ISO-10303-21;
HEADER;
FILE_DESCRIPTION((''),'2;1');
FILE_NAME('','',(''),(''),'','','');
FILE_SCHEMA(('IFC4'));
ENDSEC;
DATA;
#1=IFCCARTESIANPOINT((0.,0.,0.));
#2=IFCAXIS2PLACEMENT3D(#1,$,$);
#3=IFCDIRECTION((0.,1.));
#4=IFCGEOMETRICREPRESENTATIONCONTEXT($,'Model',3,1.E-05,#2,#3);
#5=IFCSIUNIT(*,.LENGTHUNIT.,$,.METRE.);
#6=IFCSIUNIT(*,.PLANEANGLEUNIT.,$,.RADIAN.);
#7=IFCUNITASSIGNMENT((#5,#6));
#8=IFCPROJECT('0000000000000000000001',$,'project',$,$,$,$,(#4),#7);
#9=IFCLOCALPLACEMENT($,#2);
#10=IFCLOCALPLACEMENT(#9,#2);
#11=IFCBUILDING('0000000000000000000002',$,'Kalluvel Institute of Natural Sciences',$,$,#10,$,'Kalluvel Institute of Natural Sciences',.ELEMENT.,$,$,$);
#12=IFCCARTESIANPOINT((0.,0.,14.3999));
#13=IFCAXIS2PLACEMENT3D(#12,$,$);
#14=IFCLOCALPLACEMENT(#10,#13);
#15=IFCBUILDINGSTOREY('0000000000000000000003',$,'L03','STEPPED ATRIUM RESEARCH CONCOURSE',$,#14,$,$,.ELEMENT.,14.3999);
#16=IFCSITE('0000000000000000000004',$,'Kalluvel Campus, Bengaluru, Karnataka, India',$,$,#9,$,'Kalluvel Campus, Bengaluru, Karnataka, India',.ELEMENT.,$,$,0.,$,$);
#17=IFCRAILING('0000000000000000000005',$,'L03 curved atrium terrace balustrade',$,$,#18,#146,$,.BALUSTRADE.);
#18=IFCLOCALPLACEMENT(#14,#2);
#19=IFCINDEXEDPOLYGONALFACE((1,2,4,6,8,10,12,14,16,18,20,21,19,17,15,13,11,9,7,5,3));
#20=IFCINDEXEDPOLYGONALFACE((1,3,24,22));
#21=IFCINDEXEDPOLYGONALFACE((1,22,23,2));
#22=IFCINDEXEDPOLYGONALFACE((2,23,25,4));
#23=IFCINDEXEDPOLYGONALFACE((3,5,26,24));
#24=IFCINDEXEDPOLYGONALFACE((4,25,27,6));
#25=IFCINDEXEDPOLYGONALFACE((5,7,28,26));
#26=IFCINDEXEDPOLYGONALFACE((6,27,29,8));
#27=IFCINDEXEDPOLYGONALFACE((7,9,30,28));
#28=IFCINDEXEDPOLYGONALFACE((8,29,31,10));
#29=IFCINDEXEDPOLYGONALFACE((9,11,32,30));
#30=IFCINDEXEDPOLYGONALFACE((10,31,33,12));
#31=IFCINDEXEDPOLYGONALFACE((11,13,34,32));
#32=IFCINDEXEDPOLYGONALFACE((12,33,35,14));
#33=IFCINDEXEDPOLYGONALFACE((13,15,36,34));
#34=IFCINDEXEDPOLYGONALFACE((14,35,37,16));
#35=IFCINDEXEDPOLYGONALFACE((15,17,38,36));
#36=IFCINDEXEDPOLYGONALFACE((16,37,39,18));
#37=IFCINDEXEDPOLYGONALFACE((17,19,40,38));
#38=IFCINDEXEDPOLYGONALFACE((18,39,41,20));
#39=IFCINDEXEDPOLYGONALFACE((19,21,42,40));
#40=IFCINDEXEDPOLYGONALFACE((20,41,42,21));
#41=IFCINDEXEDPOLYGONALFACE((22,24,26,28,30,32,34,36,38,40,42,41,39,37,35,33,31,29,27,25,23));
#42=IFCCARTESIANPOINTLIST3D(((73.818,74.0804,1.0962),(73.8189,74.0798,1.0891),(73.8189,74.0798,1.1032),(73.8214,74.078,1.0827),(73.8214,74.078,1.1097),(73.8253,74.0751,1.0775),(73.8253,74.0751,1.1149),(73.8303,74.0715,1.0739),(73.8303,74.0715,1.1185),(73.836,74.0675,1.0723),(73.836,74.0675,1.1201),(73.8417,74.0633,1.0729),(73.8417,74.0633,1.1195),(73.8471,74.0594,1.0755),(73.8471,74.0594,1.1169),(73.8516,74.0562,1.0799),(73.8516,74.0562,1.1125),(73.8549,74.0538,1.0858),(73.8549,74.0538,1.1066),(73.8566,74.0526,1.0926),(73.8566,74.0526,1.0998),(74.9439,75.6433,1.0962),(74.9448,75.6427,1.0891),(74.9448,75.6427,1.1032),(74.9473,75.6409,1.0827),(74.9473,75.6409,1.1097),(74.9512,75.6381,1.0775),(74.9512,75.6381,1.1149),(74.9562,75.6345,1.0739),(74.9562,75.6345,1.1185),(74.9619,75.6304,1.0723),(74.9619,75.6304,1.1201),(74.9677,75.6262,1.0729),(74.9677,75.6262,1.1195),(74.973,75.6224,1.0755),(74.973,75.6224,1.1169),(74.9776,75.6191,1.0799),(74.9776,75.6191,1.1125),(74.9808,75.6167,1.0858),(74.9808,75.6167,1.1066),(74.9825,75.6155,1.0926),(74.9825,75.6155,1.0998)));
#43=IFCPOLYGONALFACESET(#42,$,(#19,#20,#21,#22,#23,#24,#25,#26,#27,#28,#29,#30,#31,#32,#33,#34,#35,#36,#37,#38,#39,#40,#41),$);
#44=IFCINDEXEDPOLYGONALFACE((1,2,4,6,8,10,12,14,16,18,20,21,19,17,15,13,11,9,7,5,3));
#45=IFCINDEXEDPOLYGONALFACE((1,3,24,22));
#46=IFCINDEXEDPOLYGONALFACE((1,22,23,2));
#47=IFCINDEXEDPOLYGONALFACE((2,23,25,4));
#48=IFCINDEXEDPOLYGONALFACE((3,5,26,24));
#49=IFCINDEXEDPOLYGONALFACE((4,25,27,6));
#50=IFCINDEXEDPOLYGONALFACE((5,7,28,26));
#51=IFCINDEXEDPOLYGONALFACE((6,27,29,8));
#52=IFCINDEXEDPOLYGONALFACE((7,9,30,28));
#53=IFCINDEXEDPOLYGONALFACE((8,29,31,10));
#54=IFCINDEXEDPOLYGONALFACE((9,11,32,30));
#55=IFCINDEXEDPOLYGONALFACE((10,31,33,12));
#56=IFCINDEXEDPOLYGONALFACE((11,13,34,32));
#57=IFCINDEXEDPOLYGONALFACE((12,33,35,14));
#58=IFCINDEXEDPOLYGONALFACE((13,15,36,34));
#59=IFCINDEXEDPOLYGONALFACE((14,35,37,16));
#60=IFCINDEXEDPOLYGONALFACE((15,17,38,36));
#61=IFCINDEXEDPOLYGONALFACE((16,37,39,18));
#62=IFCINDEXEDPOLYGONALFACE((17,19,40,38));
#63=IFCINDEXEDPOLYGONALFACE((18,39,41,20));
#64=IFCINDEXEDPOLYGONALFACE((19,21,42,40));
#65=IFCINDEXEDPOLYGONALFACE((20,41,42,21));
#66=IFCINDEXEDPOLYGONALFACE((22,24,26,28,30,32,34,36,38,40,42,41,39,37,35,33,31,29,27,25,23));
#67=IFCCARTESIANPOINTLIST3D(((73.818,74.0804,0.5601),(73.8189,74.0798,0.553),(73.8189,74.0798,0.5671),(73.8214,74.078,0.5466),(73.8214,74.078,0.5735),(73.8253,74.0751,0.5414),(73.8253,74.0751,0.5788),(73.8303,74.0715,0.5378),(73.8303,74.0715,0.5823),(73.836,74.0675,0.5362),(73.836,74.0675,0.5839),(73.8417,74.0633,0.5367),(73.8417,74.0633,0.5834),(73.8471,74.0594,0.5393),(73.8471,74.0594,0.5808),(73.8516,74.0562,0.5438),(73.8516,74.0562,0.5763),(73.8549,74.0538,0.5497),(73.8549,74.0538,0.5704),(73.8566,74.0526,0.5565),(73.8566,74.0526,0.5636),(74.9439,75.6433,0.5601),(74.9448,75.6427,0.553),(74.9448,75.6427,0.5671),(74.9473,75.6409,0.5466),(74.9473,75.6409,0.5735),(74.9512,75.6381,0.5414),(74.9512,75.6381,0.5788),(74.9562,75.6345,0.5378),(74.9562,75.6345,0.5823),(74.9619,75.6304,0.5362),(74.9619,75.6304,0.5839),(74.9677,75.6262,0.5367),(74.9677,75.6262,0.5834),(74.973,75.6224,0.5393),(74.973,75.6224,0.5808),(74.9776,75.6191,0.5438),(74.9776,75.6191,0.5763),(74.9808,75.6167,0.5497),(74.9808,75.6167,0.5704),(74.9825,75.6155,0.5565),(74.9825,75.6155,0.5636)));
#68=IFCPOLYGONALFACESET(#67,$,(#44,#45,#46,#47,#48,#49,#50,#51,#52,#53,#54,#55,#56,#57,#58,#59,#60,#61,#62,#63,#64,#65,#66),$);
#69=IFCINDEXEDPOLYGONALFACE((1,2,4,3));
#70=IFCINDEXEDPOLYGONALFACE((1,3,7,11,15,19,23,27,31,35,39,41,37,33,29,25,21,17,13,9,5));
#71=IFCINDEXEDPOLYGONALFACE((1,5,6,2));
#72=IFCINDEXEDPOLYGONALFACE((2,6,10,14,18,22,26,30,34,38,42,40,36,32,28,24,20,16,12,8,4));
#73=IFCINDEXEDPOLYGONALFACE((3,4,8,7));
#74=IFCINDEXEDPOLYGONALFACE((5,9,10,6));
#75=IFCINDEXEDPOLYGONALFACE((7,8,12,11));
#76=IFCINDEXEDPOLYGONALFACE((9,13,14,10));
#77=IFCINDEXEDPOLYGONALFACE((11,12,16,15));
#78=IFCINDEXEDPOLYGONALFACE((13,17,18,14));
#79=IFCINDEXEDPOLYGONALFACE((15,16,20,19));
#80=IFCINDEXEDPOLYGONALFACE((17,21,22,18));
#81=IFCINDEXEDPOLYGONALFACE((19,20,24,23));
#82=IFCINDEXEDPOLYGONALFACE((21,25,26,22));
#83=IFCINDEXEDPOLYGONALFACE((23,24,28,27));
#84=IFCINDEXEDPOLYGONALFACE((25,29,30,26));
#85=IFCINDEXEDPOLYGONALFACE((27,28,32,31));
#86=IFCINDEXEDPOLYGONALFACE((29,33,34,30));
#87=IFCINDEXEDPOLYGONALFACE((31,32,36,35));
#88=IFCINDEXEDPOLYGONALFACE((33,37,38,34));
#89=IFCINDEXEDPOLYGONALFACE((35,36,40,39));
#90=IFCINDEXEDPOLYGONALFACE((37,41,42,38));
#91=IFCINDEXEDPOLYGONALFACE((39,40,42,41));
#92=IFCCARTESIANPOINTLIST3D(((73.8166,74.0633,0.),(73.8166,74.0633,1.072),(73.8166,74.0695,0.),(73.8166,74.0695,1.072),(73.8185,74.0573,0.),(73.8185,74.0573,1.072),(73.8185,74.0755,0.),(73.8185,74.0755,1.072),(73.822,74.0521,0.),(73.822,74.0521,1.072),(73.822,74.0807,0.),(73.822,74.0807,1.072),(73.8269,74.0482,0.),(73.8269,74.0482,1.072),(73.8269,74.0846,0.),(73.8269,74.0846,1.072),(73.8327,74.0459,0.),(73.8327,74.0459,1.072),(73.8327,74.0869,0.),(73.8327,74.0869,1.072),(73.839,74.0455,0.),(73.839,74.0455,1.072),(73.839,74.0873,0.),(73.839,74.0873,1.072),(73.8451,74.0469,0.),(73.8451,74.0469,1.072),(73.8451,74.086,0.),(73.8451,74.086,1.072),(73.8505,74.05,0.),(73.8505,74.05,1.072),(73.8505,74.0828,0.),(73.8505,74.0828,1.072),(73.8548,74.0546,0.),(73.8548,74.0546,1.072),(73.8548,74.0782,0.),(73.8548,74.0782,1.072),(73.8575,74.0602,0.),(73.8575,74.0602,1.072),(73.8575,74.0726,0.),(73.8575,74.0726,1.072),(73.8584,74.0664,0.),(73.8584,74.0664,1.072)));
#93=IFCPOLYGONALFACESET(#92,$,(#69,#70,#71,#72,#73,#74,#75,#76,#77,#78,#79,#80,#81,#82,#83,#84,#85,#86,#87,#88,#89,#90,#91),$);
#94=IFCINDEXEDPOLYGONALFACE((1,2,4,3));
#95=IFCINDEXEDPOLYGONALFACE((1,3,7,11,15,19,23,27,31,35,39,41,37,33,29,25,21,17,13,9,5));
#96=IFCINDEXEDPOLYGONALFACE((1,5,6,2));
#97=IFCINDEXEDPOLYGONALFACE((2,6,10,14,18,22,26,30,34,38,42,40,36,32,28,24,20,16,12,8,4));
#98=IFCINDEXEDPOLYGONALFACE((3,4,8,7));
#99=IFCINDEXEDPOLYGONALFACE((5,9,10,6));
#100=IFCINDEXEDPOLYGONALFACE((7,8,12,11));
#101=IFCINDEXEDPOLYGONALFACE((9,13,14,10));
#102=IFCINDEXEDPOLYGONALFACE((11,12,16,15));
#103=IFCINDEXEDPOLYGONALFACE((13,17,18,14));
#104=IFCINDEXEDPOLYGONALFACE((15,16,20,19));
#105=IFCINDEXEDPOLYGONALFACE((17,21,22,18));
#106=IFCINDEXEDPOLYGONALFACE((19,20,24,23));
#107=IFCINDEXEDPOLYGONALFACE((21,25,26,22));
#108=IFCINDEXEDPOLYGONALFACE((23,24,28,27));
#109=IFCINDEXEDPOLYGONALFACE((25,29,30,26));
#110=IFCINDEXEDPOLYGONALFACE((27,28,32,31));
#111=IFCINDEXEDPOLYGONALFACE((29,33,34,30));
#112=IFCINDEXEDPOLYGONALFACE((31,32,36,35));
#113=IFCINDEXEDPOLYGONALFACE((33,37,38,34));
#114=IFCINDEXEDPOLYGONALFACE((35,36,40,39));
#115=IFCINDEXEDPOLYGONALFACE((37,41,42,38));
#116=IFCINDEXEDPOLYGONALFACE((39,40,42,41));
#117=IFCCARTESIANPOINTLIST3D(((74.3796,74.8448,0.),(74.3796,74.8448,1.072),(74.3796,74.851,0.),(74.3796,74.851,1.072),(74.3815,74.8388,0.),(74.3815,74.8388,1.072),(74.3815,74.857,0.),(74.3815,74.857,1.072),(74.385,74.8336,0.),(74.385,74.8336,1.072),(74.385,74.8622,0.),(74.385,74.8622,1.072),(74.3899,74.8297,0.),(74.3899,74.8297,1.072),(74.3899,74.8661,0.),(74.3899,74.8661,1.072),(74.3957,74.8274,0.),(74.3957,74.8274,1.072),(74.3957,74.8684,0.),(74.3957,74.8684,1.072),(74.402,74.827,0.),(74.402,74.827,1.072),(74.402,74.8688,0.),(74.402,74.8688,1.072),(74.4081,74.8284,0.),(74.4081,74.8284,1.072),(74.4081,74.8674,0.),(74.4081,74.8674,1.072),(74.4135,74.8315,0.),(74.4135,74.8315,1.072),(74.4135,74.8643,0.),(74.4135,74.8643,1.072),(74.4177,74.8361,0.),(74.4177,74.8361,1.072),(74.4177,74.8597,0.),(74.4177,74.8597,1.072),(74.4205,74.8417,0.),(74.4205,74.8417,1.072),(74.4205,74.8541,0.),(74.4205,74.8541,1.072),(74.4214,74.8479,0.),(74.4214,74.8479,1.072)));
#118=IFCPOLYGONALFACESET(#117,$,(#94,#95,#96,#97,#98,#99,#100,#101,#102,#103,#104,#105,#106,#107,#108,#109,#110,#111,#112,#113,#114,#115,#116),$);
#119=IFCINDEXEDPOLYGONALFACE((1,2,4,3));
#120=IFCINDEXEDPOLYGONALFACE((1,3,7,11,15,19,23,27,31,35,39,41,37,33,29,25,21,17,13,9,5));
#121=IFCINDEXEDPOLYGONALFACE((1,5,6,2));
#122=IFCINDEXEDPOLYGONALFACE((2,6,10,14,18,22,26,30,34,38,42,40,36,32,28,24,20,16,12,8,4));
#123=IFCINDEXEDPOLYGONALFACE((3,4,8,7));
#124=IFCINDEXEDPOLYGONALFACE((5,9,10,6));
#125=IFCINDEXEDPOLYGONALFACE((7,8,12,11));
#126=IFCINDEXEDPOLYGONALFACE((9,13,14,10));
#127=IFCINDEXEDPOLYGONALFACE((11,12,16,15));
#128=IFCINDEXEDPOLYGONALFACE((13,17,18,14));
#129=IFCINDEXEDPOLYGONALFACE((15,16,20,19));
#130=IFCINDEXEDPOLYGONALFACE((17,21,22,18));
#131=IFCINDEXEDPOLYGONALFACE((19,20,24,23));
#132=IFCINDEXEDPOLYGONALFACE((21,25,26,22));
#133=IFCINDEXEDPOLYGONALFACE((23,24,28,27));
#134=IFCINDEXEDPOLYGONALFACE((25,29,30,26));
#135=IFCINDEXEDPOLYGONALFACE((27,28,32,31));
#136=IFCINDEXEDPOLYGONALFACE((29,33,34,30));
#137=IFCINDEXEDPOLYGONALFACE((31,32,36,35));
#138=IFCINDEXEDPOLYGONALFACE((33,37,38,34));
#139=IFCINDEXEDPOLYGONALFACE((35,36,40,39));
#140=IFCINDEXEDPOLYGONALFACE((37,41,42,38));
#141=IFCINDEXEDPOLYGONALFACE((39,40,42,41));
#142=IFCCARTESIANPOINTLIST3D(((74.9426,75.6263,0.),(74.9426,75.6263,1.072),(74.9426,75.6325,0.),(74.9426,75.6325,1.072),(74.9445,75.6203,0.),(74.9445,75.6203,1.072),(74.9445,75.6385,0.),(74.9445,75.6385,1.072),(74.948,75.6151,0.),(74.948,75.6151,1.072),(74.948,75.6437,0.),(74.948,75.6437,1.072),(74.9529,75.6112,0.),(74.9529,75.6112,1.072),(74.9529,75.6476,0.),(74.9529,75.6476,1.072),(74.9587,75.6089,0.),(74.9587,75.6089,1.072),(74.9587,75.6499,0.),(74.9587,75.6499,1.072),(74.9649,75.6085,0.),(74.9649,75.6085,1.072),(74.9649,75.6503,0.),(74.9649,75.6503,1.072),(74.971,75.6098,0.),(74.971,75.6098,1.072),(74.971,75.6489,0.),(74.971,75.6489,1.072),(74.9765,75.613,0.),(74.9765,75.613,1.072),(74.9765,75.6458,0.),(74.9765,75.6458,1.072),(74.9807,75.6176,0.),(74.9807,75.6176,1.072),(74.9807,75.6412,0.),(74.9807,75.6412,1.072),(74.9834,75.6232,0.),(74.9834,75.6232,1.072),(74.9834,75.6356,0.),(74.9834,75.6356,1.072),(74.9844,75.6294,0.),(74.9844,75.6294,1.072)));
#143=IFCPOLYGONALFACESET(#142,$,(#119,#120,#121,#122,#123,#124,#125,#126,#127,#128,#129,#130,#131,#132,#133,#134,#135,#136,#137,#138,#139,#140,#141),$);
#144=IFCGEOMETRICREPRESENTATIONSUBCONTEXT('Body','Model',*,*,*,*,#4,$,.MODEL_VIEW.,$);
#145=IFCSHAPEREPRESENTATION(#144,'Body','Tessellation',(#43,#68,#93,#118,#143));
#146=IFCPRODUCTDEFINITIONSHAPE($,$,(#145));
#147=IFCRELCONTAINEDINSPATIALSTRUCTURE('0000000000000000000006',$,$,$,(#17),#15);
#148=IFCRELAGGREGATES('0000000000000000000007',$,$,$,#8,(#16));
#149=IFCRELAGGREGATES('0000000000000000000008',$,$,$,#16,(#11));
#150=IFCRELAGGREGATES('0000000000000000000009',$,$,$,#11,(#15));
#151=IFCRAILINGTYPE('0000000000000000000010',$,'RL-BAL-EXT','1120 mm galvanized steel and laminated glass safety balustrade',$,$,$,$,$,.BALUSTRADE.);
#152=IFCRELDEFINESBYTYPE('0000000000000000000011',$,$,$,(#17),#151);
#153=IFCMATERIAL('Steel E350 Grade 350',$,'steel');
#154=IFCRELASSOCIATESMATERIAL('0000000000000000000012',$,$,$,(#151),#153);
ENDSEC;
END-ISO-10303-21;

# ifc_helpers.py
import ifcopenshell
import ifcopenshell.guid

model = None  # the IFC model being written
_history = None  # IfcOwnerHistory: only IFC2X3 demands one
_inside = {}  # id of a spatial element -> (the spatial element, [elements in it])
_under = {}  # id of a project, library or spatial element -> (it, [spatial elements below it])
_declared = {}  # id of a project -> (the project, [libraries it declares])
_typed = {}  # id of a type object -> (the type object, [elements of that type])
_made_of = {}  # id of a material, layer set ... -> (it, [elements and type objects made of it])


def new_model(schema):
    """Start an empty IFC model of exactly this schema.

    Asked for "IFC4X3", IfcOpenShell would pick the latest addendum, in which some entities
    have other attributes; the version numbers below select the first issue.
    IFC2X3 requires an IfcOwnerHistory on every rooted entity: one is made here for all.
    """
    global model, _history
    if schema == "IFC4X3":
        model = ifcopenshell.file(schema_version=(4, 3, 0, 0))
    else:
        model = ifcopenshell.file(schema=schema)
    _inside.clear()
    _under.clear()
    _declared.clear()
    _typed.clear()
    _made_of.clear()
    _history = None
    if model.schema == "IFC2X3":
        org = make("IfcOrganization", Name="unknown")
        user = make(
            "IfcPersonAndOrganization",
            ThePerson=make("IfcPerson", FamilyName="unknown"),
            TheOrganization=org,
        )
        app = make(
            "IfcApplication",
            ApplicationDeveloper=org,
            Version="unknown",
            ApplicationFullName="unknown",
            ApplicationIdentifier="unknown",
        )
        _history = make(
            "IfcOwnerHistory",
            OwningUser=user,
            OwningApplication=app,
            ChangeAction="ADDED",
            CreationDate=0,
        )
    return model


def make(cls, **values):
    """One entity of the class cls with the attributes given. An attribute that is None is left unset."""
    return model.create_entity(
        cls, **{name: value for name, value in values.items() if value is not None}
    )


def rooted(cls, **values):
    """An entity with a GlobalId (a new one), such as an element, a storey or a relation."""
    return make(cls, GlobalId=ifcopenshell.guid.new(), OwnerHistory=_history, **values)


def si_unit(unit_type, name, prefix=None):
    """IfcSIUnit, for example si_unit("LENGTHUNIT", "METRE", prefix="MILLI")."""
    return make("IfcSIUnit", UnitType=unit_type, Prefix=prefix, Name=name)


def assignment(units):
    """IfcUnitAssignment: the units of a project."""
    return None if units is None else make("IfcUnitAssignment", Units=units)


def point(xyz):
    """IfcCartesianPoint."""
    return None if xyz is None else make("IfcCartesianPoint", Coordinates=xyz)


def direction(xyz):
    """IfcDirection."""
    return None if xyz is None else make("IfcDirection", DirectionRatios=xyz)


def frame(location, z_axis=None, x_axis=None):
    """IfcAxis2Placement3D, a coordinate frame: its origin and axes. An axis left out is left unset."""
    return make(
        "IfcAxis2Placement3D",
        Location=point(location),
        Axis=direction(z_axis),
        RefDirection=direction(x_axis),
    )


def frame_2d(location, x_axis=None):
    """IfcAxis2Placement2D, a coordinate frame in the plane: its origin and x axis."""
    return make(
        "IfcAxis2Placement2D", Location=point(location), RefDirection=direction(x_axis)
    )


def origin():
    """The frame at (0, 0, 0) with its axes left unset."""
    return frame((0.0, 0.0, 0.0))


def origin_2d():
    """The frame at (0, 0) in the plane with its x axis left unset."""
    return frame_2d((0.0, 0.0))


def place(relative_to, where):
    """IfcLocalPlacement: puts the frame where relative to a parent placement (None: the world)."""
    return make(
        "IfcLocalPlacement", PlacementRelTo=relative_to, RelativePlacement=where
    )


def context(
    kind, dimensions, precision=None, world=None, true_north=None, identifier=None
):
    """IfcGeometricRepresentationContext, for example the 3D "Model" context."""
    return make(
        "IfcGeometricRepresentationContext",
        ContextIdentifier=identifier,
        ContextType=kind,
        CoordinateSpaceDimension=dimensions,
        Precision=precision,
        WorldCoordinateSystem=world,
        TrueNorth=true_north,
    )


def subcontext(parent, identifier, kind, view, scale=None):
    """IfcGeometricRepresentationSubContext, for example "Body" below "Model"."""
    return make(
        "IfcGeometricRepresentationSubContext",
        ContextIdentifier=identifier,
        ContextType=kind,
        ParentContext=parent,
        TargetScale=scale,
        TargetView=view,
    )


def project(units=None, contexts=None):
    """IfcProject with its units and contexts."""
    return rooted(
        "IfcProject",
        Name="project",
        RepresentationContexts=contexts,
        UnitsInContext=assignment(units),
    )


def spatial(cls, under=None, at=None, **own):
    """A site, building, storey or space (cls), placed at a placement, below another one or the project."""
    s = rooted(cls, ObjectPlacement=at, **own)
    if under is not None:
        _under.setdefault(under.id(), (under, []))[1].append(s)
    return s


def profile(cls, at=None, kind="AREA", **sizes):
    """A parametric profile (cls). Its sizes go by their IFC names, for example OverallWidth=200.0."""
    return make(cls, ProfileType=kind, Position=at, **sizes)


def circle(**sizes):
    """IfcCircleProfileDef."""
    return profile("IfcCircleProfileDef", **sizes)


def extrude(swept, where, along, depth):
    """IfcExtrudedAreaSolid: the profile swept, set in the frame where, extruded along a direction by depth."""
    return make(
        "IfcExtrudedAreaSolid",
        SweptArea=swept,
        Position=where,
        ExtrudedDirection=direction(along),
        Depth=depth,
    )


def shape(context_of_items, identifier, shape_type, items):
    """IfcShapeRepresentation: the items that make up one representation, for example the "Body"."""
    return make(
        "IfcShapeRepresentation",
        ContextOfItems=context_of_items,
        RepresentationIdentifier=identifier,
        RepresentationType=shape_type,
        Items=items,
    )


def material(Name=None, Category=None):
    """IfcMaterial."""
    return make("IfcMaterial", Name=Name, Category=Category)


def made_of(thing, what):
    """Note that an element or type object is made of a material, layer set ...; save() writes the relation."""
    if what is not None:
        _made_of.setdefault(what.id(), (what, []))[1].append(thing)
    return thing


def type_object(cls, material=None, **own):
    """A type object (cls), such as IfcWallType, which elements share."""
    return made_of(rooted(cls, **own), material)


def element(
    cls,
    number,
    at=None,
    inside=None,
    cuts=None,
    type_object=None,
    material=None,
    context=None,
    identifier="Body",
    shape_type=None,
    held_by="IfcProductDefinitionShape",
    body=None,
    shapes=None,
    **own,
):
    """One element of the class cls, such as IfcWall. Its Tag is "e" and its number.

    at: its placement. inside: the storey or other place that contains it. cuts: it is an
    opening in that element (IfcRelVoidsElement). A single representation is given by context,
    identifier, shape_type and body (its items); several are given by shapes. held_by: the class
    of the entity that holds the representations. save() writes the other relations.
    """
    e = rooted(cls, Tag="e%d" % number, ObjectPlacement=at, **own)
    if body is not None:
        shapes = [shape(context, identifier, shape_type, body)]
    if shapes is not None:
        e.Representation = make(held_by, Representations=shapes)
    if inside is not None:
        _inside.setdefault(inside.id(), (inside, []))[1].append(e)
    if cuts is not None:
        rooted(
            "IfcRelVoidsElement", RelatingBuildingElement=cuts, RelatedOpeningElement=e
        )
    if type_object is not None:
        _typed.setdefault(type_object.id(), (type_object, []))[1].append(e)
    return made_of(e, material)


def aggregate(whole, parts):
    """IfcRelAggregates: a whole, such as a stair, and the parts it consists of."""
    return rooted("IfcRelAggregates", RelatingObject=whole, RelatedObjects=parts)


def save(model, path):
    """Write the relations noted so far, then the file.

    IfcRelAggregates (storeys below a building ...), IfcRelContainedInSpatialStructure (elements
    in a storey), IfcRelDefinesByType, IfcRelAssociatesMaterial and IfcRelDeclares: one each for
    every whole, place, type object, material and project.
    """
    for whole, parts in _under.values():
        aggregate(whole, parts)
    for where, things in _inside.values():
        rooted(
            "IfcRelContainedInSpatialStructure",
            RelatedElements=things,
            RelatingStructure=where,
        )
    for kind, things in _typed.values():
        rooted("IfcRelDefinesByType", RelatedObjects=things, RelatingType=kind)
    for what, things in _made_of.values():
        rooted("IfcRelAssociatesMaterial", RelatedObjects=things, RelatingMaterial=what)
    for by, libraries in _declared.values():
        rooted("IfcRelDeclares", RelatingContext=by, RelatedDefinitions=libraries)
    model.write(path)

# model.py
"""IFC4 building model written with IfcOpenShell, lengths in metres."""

from ifc_helpers import new_model, si_unit, direction, frame, origin, origin_2d, place, context, subcontext, project, spatial, circle, extrude, material, type_object, element, save


model = new_model("IFC4")

# Units and contexts
model_context = context("Model", 3, precision=1e-05, world=origin(), true_north=direction((0.0, 1.0)))
body_context = subcontext(model_context, "Body", "Model", "MODEL_VIEW")
ifc_project = project(units=[si_unit("LENGTHUNIT", "METRE"), si_unit("PLANEANGLEUNIT", "RADIAN")], contexts=[model_context])

# Site, building, storey
site_placement = place(None, origin())
site = spatial("IfcSite", under=ifc_project, at=site_placement, Name="Kalluvel Campus, Bengaluru, Karnataka, India", LongName="Kalluvel Campus, Bengaluru, Karnataka, India", CompositionType="ELEMENT", RefElevation=0.0)
building_placement = place(site_placement, origin())
building = spatial("IfcBuilding", under=site, at=building_placement, Name="Kalluvel Institute of Natural Sciences", LongName="Kalluvel Institute of Natural Sciences", CompositionType="ELEMENT")
storey_placement = place(building_placement, frame((0.0, 0.0, 14.3999)))
storey = spatial("IfcBuildingStorey", under=building, at=storey_placement, Name="L03", Description="STEPPED ATRIUM RESEARCH CONCOURSE", CompositionType="ELEMENT", Elevation=14.3999)

# Railing
ifc_material_1 = material(Name="Steel E350 Grade 350", Category="steel")
railing_type = type_object("IfcRailingType", Name="RL-BAL-EXT", Description="1120 mm galvanized steel and laminated glass safety balustrade", PredefinedType="BALUSTRADE", material=ifc_material_1)
railing_1_placement = place(storey_placement, frame((73.8374, 74.0664, 0.0)))
element("IfcRailing", 1, at=railing_1_placement, inside=storey, type_object=railing_type, Name="L03 curved atrium terrace balustrade", PredefinedType="BALUSTRADE", context=body_context, shape_type="SweptSolid", body=[
    extrude(circle(Radius=0.0239, at=origin_2d()), frame((0.0, 0.0, 1.0962), z_axis=(0.584518, 0.81138, 0.0), x_axis=(-0.81138, 0.584518, 0.0)), (0.0, 0.0, 1.0), 1.9263),
    extrude(circle(Radius=0.0239, at=origin_2d()), frame((0.0, 0.0, 0.5601), z_axis=(0.584518, 0.81138, 0.0), x_axis=(-0.81138, 0.584518, 0.0)), (0.0, 0.0, 1.0), 1.9263),
    extrude(circle(Radius=0.021, at=origin_2d()), origin(), (0.0, 0.0, 1.0), 1.072),
    extrude(circle(Radius=0.021, at=origin_2d()), frame((0.563, 0.7815, 0.0)), (0.0, 0.0, 1.0), 1.072),
    extrude(circle(Radius=0.021, at=origin_2d()), frame((1.126, 1.563, 0.0)), (0.0, 0.0, 1.0), 1.072),
])

save(model, "model.ifc")
